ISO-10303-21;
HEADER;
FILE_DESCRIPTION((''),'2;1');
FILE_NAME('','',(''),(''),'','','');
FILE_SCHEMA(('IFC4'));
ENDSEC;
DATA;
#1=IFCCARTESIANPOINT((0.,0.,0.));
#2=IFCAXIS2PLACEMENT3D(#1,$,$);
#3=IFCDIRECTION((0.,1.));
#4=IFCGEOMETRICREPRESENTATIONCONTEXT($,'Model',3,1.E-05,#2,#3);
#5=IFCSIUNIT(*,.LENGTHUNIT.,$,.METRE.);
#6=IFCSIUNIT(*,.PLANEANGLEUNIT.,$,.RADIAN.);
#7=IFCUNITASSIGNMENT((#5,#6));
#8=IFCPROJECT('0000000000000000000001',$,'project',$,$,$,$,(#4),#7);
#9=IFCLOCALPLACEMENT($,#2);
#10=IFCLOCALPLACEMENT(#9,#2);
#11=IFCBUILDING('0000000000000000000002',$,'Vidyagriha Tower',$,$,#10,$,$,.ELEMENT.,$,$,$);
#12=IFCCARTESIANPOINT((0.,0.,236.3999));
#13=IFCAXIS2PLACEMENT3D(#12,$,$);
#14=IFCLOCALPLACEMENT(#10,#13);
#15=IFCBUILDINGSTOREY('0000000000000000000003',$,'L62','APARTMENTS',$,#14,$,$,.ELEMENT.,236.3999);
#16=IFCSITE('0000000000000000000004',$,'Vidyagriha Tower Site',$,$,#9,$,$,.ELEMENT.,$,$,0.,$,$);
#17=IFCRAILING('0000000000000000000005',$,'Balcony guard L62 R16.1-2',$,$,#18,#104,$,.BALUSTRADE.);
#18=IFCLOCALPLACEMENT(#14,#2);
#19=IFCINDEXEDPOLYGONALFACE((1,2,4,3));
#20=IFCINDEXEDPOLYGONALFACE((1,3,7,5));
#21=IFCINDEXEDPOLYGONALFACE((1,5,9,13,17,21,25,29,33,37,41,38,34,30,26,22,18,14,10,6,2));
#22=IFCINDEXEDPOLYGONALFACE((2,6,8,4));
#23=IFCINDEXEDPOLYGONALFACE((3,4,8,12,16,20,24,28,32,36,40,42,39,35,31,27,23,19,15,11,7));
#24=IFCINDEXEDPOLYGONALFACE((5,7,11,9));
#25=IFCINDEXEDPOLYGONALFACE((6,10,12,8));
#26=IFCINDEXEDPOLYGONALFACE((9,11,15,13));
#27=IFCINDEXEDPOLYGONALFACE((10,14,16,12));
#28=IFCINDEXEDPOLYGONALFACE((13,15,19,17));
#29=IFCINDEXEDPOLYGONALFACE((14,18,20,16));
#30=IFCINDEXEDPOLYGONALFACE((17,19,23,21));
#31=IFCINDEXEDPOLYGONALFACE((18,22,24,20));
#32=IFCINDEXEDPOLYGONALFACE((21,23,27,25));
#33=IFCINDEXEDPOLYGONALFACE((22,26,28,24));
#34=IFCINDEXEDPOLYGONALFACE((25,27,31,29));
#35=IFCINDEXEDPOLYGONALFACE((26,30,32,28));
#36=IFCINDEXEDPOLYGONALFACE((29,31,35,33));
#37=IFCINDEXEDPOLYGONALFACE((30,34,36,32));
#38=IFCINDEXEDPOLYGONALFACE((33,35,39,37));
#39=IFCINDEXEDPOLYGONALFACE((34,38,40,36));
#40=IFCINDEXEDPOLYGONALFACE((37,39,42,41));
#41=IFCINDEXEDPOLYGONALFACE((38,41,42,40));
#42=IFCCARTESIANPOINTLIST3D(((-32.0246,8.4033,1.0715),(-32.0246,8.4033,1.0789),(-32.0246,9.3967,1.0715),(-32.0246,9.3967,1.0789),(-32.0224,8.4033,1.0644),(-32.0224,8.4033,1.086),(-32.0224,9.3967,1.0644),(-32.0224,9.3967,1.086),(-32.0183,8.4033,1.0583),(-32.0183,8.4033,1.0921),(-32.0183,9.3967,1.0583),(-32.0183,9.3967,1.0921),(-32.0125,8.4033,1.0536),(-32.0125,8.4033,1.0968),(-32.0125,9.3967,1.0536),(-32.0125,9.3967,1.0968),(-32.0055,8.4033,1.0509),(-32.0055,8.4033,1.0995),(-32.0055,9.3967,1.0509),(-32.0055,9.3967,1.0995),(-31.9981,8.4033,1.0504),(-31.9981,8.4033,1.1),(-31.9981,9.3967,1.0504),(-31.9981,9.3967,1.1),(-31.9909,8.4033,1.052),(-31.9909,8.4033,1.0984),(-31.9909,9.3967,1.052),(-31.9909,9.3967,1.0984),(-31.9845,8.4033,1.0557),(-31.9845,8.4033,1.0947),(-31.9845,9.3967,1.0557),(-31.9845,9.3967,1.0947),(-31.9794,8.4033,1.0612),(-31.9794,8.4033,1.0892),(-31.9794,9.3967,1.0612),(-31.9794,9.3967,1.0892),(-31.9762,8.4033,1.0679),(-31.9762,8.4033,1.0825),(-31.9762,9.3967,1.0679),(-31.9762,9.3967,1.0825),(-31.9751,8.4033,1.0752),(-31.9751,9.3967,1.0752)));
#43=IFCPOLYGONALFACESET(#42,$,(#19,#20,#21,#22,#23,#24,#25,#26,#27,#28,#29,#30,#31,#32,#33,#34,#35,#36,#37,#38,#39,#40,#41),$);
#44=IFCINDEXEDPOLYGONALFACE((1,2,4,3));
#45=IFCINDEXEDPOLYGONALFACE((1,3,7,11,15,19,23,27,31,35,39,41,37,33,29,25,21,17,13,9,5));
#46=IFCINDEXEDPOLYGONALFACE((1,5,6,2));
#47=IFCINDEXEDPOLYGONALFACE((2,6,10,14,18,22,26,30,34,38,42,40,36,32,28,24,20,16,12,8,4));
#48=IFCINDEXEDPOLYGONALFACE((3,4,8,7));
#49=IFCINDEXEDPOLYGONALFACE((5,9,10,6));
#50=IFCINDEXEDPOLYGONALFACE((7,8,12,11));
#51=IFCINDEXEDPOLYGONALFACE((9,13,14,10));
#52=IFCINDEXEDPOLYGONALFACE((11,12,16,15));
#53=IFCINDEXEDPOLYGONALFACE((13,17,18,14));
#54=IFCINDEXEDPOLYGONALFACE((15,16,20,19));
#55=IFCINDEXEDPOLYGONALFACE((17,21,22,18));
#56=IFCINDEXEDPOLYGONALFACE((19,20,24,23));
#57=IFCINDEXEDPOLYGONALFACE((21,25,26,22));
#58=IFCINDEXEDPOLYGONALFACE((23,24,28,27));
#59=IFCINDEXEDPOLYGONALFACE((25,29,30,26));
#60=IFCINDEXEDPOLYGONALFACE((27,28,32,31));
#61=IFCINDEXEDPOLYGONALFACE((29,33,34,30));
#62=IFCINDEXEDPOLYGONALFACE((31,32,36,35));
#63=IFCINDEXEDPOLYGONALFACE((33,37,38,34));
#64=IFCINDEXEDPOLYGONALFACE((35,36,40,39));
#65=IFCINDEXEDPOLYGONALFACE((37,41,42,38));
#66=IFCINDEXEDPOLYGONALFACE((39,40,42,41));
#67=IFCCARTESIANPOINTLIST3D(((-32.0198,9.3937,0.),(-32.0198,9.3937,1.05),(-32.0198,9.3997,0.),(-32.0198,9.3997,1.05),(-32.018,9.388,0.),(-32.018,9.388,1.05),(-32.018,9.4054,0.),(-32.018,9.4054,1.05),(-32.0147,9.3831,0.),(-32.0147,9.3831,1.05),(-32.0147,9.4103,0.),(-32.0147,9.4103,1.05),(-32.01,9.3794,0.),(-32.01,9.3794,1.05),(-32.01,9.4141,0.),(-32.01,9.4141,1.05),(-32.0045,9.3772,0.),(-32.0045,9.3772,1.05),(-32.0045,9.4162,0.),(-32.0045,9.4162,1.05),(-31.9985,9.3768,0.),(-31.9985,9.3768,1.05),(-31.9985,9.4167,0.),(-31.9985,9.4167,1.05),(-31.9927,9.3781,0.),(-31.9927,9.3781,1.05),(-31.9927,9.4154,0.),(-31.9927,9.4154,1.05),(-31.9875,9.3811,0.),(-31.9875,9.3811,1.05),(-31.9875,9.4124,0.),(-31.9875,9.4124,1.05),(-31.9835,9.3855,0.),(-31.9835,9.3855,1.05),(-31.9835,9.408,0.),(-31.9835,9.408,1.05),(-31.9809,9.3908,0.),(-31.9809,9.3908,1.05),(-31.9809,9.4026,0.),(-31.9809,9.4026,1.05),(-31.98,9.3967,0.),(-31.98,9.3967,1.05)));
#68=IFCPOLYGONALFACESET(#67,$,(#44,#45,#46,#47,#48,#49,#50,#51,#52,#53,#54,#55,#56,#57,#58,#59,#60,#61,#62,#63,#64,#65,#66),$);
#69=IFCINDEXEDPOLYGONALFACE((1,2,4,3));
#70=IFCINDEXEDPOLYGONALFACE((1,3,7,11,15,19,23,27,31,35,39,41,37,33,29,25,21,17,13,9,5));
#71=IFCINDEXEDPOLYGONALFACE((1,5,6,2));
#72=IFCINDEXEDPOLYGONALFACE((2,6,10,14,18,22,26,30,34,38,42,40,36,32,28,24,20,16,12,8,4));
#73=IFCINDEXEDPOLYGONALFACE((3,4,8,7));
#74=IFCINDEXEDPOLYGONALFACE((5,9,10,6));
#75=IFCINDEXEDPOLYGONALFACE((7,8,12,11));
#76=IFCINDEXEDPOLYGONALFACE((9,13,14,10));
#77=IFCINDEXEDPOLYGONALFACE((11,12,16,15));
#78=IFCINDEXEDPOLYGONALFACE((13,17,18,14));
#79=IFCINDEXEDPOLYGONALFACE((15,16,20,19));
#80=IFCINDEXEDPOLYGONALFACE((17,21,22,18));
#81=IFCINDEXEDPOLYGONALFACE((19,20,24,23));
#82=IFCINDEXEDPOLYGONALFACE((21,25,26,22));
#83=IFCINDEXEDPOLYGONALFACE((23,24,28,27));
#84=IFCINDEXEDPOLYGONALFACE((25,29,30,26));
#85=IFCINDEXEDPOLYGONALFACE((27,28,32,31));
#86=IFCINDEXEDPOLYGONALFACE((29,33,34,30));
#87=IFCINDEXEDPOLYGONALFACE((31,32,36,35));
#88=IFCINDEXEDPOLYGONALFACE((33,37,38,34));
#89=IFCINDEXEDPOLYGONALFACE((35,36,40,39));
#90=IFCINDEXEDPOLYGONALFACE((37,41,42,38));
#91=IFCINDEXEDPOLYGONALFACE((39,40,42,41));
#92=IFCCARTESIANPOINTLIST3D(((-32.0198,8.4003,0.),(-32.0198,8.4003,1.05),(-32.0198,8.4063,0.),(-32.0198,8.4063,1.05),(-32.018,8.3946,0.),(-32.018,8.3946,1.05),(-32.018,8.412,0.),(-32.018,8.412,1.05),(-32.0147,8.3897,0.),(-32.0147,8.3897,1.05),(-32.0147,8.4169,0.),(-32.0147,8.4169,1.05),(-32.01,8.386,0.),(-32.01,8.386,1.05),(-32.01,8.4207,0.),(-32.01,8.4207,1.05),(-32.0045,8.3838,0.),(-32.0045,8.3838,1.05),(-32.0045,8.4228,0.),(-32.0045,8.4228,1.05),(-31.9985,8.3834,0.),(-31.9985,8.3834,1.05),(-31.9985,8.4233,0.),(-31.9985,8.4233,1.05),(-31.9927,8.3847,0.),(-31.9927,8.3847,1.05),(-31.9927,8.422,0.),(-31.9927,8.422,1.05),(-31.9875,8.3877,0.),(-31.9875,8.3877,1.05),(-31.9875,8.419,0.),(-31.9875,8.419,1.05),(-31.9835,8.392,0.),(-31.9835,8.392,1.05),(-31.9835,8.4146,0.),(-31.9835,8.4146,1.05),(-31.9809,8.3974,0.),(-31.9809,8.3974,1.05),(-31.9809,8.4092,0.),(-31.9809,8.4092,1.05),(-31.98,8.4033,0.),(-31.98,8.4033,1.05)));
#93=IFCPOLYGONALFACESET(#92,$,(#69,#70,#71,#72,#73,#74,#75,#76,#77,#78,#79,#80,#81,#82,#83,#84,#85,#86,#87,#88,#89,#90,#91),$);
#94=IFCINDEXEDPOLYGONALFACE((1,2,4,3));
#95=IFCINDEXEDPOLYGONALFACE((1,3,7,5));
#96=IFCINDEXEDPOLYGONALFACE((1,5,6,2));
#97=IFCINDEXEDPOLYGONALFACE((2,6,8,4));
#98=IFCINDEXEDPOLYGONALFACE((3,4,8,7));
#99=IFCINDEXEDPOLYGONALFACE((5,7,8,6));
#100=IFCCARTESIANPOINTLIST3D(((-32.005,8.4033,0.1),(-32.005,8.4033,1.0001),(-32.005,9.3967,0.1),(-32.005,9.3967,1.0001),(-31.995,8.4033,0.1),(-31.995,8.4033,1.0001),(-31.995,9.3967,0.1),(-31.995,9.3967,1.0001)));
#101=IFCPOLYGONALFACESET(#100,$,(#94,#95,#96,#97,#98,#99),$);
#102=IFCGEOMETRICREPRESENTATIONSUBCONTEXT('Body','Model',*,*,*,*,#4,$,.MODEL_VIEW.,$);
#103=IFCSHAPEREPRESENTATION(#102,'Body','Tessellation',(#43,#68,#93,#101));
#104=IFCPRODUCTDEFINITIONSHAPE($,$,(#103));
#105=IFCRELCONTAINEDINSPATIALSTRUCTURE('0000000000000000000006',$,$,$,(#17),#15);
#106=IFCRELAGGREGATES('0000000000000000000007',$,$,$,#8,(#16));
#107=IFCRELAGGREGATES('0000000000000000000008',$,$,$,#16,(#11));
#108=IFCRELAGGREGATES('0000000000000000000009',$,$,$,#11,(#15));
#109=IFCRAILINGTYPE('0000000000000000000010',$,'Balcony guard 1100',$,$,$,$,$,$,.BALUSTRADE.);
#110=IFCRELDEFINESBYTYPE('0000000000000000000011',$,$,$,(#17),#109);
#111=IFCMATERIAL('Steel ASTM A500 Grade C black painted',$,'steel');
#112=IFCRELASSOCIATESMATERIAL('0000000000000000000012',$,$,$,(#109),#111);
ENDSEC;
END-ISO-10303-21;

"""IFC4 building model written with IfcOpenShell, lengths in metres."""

from ifc_helpers import new_model, si_unit, direction, frame, origin, origin_2d, place, context, subcontext, project, spatial, rectangle, circle, extrude, material, type_object, element, save


model = new_model("IFC4")

# Units and contexts
model_context = context("Model", 3, precision=1e-05, world=origin(), true_north=direction((0.0, 1.0)))
body_context = subcontext(model_context, "Body", "Model", "MODEL_VIEW")
ifc_project = project(units=[si_unit("LENGTHUNIT", "METRE"), si_unit("PLANEANGLEUNIT", "RADIAN")], contexts=[model_context])

# Site, building, storey
site_placement = place(None, origin())
site = spatial("IfcSite", under=ifc_project, at=site_placement, Name="Vidyagriha Tower Site", CompositionType="ELEMENT", RefElevation=0.0)
building_placement = place(site_placement, origin())
building = spatial("IfcBuilding", under=site, at=building_placement, Name="Vidyagriha Tower", CompositionType="ELEMENT")
storey_placement = place(building_placement, frame((0.0, 0.0, 236.3999)))
storey = spatial("IfcBuildingStorey", under=building, at=storey_placement, Name="L62", Description="APARTMENTS", CompositionType="ELEMENT", Elevation=236.3999)

# Railing
ifc_material_1 = material(Name="Steel ASTM A500 Grade C black painted", Category="steel")
railing_type = type_object("IfcRailingType", Name="Balcony guard 1100", PredefinedType="BALUSTRADE", material=ifc_material_1)
railing_1_placement = place(storey_placement, frame((-32.0, 9.3967, 0.0)))
element("IfcRailing", 1, at=railing_1_placement, inside=storey, type_object=railing_type, Name="Balcony guard L62 R16.1-2", PredefinedType="BALUSTRADE", context=body_context, shape_type="SweptSolid", body=[
    extrude(circle(Radius=0.0249, at=origin_2d()), frame((0.0, 0.0, 1.0752), z_axis=(0.0, -1.0, 0.0), x_axis=(1.0, 0.0, 0.0)), (0.0, 0.0, 1.0), 0.9934),
    extrude(circle(Radius=0.02, at=origin_2d()), origin(), (0.0, 0.0, 1.0), 1.05),
    extrude(circle(Radius=0.02, at=origin_2d()), frame((0.0, -0.9934, 0.0)), (0.0, 0.0, 1.0), 1.05),
    extrude(rectangle(XDim=0.01, YDim=0.9001, at=origin_2d()), frame((0.0, 0.0, 0.55), z_axis=(0.0, -1.0, 0.0), x_axis=(1.0, 0.0, 0.0)), (0.0, 0.0, 1.0), 0.9934),
])

save(model, "model.ifc")
